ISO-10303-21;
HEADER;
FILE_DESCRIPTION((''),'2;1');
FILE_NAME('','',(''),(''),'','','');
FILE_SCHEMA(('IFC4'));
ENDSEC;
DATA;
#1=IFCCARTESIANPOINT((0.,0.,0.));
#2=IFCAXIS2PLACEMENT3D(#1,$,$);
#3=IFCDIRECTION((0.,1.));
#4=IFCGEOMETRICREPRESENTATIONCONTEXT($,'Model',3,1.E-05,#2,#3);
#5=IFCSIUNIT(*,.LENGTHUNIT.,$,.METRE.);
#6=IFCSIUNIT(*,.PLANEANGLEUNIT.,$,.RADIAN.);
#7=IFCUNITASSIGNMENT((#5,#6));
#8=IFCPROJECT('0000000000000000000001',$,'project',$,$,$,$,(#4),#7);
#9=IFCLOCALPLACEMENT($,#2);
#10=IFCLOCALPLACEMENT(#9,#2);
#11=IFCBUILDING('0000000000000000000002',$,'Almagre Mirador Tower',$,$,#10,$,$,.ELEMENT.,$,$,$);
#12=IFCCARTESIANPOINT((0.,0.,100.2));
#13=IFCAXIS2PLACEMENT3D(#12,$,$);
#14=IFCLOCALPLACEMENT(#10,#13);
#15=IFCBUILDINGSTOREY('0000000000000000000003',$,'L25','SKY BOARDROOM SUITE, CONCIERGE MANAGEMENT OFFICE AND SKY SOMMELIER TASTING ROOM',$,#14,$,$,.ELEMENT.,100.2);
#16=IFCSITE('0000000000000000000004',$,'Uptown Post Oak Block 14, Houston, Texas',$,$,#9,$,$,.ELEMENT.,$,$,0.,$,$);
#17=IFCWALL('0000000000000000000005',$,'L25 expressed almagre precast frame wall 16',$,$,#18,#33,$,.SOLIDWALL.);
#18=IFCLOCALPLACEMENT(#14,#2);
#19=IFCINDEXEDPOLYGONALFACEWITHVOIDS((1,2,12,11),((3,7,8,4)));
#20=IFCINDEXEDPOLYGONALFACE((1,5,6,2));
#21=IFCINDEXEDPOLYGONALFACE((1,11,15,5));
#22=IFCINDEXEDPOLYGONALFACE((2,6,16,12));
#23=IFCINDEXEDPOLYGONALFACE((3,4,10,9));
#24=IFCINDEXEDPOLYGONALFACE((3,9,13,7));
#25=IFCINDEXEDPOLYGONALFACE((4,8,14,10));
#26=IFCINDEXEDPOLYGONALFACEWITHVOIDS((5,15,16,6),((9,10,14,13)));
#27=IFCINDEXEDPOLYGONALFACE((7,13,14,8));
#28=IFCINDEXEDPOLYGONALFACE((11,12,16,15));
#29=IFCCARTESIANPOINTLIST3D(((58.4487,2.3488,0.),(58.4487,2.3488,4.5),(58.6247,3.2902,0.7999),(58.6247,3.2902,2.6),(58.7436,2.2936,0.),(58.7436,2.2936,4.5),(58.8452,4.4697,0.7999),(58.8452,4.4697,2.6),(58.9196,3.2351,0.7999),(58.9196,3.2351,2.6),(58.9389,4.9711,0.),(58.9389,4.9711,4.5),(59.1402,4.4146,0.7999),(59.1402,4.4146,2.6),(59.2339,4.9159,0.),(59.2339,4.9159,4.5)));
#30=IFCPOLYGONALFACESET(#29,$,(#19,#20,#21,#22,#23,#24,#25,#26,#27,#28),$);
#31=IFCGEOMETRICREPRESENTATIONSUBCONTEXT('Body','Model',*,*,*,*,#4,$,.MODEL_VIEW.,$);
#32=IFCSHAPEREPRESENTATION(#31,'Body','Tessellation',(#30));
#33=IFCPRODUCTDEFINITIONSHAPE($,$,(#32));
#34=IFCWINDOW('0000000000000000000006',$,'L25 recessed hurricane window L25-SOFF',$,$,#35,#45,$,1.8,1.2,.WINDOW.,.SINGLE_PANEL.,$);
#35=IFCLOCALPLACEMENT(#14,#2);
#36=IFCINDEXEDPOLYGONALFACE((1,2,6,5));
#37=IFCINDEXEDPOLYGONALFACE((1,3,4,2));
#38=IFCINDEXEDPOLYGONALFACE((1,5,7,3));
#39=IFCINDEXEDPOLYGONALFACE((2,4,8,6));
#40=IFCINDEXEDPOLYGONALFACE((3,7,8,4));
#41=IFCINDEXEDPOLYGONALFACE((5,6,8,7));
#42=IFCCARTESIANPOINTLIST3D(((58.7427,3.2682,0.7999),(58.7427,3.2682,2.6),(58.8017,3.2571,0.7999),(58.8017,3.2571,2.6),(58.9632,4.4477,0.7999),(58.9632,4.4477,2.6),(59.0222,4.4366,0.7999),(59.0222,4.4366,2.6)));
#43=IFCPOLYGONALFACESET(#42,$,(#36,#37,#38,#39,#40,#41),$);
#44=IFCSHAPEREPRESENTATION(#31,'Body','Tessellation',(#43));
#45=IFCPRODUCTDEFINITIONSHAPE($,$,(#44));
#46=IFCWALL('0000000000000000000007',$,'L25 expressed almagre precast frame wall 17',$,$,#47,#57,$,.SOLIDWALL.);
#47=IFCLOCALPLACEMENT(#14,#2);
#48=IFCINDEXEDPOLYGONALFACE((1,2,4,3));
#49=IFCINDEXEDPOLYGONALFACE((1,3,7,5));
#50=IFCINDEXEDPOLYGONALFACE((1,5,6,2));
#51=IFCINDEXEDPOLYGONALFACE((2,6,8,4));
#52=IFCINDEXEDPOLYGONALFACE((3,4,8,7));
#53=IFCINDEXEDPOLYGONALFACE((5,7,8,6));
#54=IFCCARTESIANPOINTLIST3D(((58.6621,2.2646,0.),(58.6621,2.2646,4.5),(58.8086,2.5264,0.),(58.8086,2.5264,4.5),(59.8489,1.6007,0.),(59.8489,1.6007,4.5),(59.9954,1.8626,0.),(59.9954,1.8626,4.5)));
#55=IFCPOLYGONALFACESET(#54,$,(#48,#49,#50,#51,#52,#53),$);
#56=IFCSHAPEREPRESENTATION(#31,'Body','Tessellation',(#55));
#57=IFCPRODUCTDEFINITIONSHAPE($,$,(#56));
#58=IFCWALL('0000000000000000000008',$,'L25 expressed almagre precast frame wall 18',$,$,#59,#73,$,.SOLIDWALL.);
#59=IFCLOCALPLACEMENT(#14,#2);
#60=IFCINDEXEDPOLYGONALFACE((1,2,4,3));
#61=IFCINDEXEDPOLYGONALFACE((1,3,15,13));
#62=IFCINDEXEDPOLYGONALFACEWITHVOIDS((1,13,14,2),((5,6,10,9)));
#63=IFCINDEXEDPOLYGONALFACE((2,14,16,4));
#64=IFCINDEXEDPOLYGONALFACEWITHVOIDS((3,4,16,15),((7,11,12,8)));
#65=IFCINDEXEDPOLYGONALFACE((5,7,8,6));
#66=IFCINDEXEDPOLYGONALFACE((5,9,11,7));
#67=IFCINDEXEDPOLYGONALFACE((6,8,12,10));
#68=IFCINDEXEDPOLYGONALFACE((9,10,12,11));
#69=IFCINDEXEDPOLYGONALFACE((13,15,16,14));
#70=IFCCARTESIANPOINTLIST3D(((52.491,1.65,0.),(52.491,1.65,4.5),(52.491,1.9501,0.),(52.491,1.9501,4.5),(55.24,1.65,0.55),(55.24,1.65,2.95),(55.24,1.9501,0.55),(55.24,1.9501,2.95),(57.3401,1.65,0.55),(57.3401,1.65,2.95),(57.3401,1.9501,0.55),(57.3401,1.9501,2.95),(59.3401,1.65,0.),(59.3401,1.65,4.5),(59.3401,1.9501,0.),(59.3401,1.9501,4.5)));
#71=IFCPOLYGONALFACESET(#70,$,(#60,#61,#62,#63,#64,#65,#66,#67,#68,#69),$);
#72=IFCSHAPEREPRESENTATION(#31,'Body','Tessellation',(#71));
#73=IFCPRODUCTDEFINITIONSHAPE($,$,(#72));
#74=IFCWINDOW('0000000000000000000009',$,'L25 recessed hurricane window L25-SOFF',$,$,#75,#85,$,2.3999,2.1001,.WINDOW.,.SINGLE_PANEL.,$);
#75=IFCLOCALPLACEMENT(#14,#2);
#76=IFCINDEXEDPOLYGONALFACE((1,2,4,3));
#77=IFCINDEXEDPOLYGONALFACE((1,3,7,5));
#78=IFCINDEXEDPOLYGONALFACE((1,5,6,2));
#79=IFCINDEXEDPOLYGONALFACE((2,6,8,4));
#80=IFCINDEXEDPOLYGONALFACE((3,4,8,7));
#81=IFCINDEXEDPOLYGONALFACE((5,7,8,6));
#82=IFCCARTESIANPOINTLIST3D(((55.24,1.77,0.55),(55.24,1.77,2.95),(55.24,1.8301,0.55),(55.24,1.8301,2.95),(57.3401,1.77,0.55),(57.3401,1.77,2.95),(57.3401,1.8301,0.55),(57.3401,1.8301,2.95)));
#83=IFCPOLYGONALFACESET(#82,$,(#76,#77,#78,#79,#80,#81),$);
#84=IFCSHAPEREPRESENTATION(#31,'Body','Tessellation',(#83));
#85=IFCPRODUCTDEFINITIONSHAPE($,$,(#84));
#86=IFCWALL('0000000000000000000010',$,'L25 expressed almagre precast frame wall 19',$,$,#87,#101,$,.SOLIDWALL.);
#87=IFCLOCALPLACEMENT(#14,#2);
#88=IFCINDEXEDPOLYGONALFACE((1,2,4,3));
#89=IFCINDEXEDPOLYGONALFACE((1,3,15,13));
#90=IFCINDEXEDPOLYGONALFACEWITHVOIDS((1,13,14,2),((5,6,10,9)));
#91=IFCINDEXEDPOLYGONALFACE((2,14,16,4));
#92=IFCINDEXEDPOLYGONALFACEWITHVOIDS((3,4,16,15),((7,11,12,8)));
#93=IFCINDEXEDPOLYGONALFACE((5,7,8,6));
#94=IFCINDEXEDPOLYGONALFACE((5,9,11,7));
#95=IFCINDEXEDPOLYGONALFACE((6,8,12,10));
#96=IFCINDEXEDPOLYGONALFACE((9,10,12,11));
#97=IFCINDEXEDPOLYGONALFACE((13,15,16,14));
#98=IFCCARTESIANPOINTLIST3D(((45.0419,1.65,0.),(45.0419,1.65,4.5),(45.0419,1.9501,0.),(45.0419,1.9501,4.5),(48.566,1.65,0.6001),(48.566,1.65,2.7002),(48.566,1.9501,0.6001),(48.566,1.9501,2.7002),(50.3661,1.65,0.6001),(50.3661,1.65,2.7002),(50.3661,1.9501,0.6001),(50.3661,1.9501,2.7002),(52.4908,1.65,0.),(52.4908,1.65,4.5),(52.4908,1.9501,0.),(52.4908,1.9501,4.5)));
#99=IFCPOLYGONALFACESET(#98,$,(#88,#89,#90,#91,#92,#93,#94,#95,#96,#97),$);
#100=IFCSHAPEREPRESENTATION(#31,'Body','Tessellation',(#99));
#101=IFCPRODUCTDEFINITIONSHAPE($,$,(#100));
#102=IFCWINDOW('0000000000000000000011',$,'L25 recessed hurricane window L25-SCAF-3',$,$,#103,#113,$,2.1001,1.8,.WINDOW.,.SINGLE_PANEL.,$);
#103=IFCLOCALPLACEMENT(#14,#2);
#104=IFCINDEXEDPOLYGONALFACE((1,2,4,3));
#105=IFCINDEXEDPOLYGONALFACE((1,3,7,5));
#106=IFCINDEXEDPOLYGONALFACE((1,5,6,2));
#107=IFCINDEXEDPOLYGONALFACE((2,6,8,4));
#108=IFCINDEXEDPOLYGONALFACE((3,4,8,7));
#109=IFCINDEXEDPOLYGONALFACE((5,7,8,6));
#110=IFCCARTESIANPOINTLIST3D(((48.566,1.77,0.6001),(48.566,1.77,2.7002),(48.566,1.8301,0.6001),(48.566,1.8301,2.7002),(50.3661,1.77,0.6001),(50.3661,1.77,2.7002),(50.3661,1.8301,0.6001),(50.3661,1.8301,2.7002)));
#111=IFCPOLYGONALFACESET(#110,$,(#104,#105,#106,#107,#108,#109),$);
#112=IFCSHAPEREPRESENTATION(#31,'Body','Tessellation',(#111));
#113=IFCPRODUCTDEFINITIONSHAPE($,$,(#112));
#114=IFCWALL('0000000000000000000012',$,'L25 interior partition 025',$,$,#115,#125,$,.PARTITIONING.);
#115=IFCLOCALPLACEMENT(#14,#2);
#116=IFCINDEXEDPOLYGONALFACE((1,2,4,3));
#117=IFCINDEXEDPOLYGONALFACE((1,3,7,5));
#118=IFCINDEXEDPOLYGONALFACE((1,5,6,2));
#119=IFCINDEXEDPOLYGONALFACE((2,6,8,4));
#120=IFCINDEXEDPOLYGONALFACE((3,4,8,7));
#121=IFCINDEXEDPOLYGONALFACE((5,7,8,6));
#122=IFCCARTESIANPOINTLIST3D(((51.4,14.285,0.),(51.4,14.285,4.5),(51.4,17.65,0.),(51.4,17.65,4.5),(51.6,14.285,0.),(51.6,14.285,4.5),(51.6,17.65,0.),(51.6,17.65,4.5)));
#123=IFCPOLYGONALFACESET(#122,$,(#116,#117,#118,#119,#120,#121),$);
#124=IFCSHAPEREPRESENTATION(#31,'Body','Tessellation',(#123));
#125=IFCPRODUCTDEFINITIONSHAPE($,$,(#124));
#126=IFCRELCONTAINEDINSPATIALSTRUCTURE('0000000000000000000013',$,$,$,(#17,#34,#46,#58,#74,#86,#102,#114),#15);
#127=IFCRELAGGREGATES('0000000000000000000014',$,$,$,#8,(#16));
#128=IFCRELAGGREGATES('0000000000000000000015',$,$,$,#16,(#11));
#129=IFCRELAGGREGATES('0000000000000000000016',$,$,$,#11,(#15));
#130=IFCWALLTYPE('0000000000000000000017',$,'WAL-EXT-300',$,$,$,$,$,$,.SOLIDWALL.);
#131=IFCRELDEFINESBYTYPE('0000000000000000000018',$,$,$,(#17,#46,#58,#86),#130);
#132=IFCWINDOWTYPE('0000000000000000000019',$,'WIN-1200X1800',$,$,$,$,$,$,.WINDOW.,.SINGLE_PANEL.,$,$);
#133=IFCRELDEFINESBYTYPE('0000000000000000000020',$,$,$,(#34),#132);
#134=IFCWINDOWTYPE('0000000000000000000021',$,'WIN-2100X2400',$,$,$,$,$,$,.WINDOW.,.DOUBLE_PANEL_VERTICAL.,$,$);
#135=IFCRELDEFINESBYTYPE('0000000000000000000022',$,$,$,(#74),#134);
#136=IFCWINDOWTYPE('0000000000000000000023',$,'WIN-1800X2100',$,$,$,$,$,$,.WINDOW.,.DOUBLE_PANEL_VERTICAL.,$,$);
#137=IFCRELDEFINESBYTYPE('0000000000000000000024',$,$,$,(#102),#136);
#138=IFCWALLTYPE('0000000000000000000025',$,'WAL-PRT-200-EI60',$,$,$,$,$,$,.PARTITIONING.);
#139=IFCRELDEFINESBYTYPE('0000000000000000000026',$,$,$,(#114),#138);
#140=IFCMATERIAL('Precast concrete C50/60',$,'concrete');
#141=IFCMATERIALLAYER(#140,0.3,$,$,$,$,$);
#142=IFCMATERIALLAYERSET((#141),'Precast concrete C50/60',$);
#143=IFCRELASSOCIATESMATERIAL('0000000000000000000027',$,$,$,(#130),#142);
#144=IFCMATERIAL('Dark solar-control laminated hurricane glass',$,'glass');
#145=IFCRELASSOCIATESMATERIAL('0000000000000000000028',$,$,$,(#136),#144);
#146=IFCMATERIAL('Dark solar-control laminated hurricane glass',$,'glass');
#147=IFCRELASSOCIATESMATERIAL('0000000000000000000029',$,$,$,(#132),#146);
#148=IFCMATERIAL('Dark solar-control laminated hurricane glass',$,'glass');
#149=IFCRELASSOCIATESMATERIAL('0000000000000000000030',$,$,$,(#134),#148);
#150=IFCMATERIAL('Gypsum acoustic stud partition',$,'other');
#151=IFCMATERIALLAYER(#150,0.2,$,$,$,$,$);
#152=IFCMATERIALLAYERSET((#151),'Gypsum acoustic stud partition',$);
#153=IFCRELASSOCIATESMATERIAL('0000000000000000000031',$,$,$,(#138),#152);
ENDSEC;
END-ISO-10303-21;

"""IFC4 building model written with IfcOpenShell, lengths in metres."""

from ifc_helpers import new_model, si_unit, direction, frame, frame_2d, origin, place, context, subcontext, project, spatial, rectangle, extrude, material, layer, layer_set, type_object, element, fill, save


model = new_model("IFC4")

# Units and contexts
model_context = context("Model", 3, precision=1e-05, world=origin(), true_north=direction((0.0, 1.0)))
body_context = subcontext(model_context, "Body", "Model", "MODEL_VIEW")
ifc_project = project(units=[si_unit("LENGTHUNIT", "METRE"), si_unit("PLANEANGLEUNIT", "RADIAN")], contexts=[model_context])

# Site, building, storey
site_placement = place(None, origin())
site = spatial("IfcSite", under=ifc_project, at=site_placement, Name="Uptown Post Oak Block 14, Houston, Texas", CompositionType="ELEMENT", RefElevation=0.0)
building_placement = place(site_placement, origin())
building = spatial("IfcBuilding", under=site, at=building_placement, Name="Almagre Mirador Tower", CompositionType="ELEMENT")
storey_placement = place(building_placement, frame((0.0, 0.0, 100.2)))
storey = spatial("IfcBuildingStorey", under=building, at=storey_placement, Name="L25", Description="SKY BOARDROOM SUITE, CONCIERGE MANAGEMENT OFFICE AND SKY SOMMELIER TASTING ROOM", CompositionType="ELEMENT", Elevation=100.2)

# Shared definitions
ifc_material_1 = material(Name="Precast concrete C50/60", Category="concrete")
ifc_layer_1 = layer(ifc_material_1, 0.3)
ifc_layer_set_1 = layer_set([ifc_layer_1], Name="Precast concrete C50/60")
wall_type_1 = type_object("IfcWallType", Name="WAL-EXT-300", PredefinedType="SOLIDWALL", material=ifc_layer_set_1)
ifc_material_2 = material(Name="Dark solar-control laminated hurricane glass", Category="glass")
window_type_1 = type_object("IfcWindowType", Name="WIN-1800X2100", PartitioningType="DOUBLE_PANEL_VERTICAL", PredefinedType="WINDOW", material=ifc_material_2)

# Wall, opening, window
wall_1_placement = place(storey_placement, frame((59.0864, 4.9436, 0.0), z_axis=(0.0, 0.0, 1.0), x_axis=(-0.183764, -0.98297, 0.0)))
wall_1 = element("IfcWall", 1, at=wall_1_placement, inside=storey, type_object=wall_type_1, Name="L25 expressed almagre precast frame wall 16", PredefinedType="SOLIDWALL", context=body_context, shape_type="SweptSolid", body=[
    extrude(rectangle(XDim=2.6677, YDim=0.3, at=frame_2d((1.334, 0.0))), origin(), (0.0, 0.0, 1.0), 4.5),
])
opening_1_placement = place(wall_1_placement, frame((0.51, 0.0, 0.8)))
opening_1 = element("IfcOpeningElement", 2, at=opening_1_placement, cuts=wall_1, PredefinedType="OPENING", context=body_context, shape_type="SweptSolid", body=[
    extrude(rectangle(XDim=1.2, YDim=1.8, at=frame_2d((0.6001, 0.8999))), frame((0.0, 0.1599, 0.0), z_axis=(0.0, -1.0, 0.0), x_axis=(1.0, 0.0, 0.0)), (0.0, 0.0, 1.0), 0.32),
])
ifc_material_3 = material(Name="Dark solar-control laminated hurricane glass", Category="glass")
window_type_2 = type_object("IfcWindowType", Name="WIN-1200X1800", PartitioningType="SINGLE_PANEL", PredefinedType="WINDOW", material=ifc_material_3)
window_1_placement = place(opening_1_placement, origin())
window_1 = element("IfcWindow", 3, at=window_1_placement, inside=storey, type_object=window_type_2, Name="L25 recessed hurricane window L25-SOFF", OverallHeight=1.8, OverallWidth=1.2, PartitioningType="SINGLE_PANEL", PredefinedType="WINDOW", context=body_context, shape_type="SweptSolid", body=[
    extrude(rectangle(XDim=1.2, YDim=1.8, at=frame_2d((0.6001, 0.8999))), frame((0.0, 0.03, 0.0), z_axis=(0.0, -1.0, 0.0), x_axis=(1.0, 0.0, 0.0)), (0.0, 0.0, 1.0), 0.0601),
])
fill(opening_1, window_1)

# Wall
wall_2_placement = place(storey_placement, frame((58.7354, 2.3955, 0.0), z_axis=(0.0, 0.0, 1.0), x_axis=(0.872748, -0.488171, 0.0)))
element("IfcWall", 4, at=wall_2_placement, inside=storey, type_object=wall_type_1, Name="L25 expressed almagre precast frame wall 17", PredefinedType="SOLIDWALL", context=body_context, shape_type="SweptSolid", body=[
    extrude(rectangle(XDim=1.3599, YDim=0.3, at=frame_2d((0.6799, 0.0))), origin(), (0.0, 0.0, 1.0), 4.5),
])

# Walls, openings, windows
wall_3_placement = place(storey_placement, frame((59.3401, 1.8, 0.0), z_axis=(0.0, 0.0, 1.0), x_axis=(-1.0, 0.0, 0.0)))
wall_3 = element("IfcWall", 5, at=wall_3_placement, inside=storey, type_object=wall_type_1, Name="L25 expressed almagre precast frame wall 18", PredefinedType="SOLIDWALL", context=body_context, shape_type="SweptSolid", body=[
    extrude(rectangle(XDim=6.8491, YDim=0.3, at=frame_2d((3.4246, 0.0))), origin(), (0.0, 0.0, 1.0), 4.5),
])
opening_2_placement = place(wall_3_placement, frame((2.0, 0.0, 0.55)))
opening_2 = element("IfcOpeningElement", 6, at=opening_2_placement, cuts=wall_3, PredefinedType="OPENING", context=body_context, shape_type="SweptSolid", body=[
    extrude(rectangle(XDim=2.1001, YDim=2.3999, at=frame_2d((1.05, 1.2))), frame((0.0, 0.1599, 0.0), z_axis=(0.0, -1.0, 0.0), x_axis=(1.0, 0.0, 0.0)), (0.0, 0.0, 1.0), 0.32),
])
ifc_material_4 = material(Name="Dark solar-control laminated hurricane glass", Category="glass")
window_type_3 = type_object("IfcWindowType", Name="WIN-2100X2400", PartitioningType="DOUBLE_PANEL_VERTICAL", PredefinedType="WINDOW", material=ifc_material_4)
window_2_placement = place(opening_2_placement, origin())
window_2 = element("IfcWindow", 7, at=window_2_placement, inside=storey, type_object=window_type_3, Name="L25 recessed hurricane window L25-SOFF", OverallHeight=2.3999, OverallWidth=2.1001, PartitioningType="SINGLE_PANEL", PredefinedType="WINDOW", context=body_context, shape_type="SweptSolid", body=[
    extrude(rectangle(XDim=2.1001, YDim=2.3999, at=frame_2d((1.05, 1.2))), frame((0.0, 0.03, 0.0), z_axis=(0.0, -1.0, 0.0), x_axis=(1.0, 0.0, 0.0)), (0.0, 0.0, 1.0), 0.0601),
])
fill(opening_2, window_2)
wall_4_placement = place(storey_placement, frame((52.491, 1.8, 0.0), z_axis=(0.0, 0.0, 1.0), x_axis=(-1.0, 0.0, 0.0)))
wall_4 = element("IfcWall", 8, at=wall_4_placement, inside=storey, type_object=wall_type_1, Name="L25 expressed almagre precast frame wall 19", PredefinedType="SOLIDWALL", context=body_context, shape_type="SweptSolid", body=[
    extrude(rectangle(XDim=7.449, YDim=0.3, at=frame_2d((3.7246, 0.0))), origin(), (0.0, 0.0, 1.0), 4.5),
])
opening_3_placement = place(wall_4_placement, frame((2.125, 0.0, 0.6001)))
opening_3 = element("IfcOpeningElement", 9, at=opening_3_placement, cuts=wall_4, PredefinedType="OPENING", context=body_context, shape_type="SweptSolid", body=[
    extrude(rectangle(XDim=1.8, YDim=2.1001, at=frame_2d((0.8999, 1.05))), frame((0.0, 0.1599, 0.0), z_axis=(0.0, -1.0, 0.0), x_axis=(1.0, 0.0, 0.0)), (0.0, 0.0, 1.0), 0.32),
])
window_3_placement = place(opening_3_placement, origin())
window_3 = element("IfcWindow", 10, at=window_3_placement, inside=storey, type_object=window_type_1, Name="L25 recessed hurricane window L25-SCAF-3", OverallHeight=2.1001, OverallWidth=1.8, PartitioningType="SINGLE_PANEL", PredefinedType="WINDOW", context=body_context, shape_type="SweptSolid", body=[
    extrude(rectangle(XDim=1.8, YDim=2.1001, at=frame_2d((0.8999, 1.05))), frame((0.0, 0.03, 0.0), z_axis=(0.0, -1.0, 0.0), x_axis=(1.0, 0.0, 0.0)), (0.0, 0.0, 1.0), 0.0601),
])
fill(opening_3, window_3)

# Wall
ifc_material_5 = material(Name="Gypsum acoustic stud partition", Category="other")
ifc_layer_2 = layer(ifc_material_5, 0.2)
ifc_layer_set_2 = layer_set([ifc_layer_2], Name="Gypsum acoustic stud partition")
wall_type_2 = type_object("IfcWallType", Name="WAL-PRT-200-EI60", PredefinedType="PARTITIONING", material=ifc_layer_set_2)
wall_5_placement = place(storey_placement, frame((51.5, 14.2849, 0.0), z_axis=(0.0, 0.0, 1.0), x_axis=(0.0, 1.0, 0.0)))
element("IfcWall", 11, at=wall_5_placement, inside=storey, type_object=wall_type_2, Name="L25 interior partition 025", PredefinedType="PARTITIONING", context=body_context, shape_type="SweptSolid", body=[
    extrude(rectangle(XDim=3.365, YDim=0.2, at=frame_2d((1.6826, 0.0))), origin(), (0.0, 0.0, 1.0), 4.5),
])

save(model, "model.ifc")
